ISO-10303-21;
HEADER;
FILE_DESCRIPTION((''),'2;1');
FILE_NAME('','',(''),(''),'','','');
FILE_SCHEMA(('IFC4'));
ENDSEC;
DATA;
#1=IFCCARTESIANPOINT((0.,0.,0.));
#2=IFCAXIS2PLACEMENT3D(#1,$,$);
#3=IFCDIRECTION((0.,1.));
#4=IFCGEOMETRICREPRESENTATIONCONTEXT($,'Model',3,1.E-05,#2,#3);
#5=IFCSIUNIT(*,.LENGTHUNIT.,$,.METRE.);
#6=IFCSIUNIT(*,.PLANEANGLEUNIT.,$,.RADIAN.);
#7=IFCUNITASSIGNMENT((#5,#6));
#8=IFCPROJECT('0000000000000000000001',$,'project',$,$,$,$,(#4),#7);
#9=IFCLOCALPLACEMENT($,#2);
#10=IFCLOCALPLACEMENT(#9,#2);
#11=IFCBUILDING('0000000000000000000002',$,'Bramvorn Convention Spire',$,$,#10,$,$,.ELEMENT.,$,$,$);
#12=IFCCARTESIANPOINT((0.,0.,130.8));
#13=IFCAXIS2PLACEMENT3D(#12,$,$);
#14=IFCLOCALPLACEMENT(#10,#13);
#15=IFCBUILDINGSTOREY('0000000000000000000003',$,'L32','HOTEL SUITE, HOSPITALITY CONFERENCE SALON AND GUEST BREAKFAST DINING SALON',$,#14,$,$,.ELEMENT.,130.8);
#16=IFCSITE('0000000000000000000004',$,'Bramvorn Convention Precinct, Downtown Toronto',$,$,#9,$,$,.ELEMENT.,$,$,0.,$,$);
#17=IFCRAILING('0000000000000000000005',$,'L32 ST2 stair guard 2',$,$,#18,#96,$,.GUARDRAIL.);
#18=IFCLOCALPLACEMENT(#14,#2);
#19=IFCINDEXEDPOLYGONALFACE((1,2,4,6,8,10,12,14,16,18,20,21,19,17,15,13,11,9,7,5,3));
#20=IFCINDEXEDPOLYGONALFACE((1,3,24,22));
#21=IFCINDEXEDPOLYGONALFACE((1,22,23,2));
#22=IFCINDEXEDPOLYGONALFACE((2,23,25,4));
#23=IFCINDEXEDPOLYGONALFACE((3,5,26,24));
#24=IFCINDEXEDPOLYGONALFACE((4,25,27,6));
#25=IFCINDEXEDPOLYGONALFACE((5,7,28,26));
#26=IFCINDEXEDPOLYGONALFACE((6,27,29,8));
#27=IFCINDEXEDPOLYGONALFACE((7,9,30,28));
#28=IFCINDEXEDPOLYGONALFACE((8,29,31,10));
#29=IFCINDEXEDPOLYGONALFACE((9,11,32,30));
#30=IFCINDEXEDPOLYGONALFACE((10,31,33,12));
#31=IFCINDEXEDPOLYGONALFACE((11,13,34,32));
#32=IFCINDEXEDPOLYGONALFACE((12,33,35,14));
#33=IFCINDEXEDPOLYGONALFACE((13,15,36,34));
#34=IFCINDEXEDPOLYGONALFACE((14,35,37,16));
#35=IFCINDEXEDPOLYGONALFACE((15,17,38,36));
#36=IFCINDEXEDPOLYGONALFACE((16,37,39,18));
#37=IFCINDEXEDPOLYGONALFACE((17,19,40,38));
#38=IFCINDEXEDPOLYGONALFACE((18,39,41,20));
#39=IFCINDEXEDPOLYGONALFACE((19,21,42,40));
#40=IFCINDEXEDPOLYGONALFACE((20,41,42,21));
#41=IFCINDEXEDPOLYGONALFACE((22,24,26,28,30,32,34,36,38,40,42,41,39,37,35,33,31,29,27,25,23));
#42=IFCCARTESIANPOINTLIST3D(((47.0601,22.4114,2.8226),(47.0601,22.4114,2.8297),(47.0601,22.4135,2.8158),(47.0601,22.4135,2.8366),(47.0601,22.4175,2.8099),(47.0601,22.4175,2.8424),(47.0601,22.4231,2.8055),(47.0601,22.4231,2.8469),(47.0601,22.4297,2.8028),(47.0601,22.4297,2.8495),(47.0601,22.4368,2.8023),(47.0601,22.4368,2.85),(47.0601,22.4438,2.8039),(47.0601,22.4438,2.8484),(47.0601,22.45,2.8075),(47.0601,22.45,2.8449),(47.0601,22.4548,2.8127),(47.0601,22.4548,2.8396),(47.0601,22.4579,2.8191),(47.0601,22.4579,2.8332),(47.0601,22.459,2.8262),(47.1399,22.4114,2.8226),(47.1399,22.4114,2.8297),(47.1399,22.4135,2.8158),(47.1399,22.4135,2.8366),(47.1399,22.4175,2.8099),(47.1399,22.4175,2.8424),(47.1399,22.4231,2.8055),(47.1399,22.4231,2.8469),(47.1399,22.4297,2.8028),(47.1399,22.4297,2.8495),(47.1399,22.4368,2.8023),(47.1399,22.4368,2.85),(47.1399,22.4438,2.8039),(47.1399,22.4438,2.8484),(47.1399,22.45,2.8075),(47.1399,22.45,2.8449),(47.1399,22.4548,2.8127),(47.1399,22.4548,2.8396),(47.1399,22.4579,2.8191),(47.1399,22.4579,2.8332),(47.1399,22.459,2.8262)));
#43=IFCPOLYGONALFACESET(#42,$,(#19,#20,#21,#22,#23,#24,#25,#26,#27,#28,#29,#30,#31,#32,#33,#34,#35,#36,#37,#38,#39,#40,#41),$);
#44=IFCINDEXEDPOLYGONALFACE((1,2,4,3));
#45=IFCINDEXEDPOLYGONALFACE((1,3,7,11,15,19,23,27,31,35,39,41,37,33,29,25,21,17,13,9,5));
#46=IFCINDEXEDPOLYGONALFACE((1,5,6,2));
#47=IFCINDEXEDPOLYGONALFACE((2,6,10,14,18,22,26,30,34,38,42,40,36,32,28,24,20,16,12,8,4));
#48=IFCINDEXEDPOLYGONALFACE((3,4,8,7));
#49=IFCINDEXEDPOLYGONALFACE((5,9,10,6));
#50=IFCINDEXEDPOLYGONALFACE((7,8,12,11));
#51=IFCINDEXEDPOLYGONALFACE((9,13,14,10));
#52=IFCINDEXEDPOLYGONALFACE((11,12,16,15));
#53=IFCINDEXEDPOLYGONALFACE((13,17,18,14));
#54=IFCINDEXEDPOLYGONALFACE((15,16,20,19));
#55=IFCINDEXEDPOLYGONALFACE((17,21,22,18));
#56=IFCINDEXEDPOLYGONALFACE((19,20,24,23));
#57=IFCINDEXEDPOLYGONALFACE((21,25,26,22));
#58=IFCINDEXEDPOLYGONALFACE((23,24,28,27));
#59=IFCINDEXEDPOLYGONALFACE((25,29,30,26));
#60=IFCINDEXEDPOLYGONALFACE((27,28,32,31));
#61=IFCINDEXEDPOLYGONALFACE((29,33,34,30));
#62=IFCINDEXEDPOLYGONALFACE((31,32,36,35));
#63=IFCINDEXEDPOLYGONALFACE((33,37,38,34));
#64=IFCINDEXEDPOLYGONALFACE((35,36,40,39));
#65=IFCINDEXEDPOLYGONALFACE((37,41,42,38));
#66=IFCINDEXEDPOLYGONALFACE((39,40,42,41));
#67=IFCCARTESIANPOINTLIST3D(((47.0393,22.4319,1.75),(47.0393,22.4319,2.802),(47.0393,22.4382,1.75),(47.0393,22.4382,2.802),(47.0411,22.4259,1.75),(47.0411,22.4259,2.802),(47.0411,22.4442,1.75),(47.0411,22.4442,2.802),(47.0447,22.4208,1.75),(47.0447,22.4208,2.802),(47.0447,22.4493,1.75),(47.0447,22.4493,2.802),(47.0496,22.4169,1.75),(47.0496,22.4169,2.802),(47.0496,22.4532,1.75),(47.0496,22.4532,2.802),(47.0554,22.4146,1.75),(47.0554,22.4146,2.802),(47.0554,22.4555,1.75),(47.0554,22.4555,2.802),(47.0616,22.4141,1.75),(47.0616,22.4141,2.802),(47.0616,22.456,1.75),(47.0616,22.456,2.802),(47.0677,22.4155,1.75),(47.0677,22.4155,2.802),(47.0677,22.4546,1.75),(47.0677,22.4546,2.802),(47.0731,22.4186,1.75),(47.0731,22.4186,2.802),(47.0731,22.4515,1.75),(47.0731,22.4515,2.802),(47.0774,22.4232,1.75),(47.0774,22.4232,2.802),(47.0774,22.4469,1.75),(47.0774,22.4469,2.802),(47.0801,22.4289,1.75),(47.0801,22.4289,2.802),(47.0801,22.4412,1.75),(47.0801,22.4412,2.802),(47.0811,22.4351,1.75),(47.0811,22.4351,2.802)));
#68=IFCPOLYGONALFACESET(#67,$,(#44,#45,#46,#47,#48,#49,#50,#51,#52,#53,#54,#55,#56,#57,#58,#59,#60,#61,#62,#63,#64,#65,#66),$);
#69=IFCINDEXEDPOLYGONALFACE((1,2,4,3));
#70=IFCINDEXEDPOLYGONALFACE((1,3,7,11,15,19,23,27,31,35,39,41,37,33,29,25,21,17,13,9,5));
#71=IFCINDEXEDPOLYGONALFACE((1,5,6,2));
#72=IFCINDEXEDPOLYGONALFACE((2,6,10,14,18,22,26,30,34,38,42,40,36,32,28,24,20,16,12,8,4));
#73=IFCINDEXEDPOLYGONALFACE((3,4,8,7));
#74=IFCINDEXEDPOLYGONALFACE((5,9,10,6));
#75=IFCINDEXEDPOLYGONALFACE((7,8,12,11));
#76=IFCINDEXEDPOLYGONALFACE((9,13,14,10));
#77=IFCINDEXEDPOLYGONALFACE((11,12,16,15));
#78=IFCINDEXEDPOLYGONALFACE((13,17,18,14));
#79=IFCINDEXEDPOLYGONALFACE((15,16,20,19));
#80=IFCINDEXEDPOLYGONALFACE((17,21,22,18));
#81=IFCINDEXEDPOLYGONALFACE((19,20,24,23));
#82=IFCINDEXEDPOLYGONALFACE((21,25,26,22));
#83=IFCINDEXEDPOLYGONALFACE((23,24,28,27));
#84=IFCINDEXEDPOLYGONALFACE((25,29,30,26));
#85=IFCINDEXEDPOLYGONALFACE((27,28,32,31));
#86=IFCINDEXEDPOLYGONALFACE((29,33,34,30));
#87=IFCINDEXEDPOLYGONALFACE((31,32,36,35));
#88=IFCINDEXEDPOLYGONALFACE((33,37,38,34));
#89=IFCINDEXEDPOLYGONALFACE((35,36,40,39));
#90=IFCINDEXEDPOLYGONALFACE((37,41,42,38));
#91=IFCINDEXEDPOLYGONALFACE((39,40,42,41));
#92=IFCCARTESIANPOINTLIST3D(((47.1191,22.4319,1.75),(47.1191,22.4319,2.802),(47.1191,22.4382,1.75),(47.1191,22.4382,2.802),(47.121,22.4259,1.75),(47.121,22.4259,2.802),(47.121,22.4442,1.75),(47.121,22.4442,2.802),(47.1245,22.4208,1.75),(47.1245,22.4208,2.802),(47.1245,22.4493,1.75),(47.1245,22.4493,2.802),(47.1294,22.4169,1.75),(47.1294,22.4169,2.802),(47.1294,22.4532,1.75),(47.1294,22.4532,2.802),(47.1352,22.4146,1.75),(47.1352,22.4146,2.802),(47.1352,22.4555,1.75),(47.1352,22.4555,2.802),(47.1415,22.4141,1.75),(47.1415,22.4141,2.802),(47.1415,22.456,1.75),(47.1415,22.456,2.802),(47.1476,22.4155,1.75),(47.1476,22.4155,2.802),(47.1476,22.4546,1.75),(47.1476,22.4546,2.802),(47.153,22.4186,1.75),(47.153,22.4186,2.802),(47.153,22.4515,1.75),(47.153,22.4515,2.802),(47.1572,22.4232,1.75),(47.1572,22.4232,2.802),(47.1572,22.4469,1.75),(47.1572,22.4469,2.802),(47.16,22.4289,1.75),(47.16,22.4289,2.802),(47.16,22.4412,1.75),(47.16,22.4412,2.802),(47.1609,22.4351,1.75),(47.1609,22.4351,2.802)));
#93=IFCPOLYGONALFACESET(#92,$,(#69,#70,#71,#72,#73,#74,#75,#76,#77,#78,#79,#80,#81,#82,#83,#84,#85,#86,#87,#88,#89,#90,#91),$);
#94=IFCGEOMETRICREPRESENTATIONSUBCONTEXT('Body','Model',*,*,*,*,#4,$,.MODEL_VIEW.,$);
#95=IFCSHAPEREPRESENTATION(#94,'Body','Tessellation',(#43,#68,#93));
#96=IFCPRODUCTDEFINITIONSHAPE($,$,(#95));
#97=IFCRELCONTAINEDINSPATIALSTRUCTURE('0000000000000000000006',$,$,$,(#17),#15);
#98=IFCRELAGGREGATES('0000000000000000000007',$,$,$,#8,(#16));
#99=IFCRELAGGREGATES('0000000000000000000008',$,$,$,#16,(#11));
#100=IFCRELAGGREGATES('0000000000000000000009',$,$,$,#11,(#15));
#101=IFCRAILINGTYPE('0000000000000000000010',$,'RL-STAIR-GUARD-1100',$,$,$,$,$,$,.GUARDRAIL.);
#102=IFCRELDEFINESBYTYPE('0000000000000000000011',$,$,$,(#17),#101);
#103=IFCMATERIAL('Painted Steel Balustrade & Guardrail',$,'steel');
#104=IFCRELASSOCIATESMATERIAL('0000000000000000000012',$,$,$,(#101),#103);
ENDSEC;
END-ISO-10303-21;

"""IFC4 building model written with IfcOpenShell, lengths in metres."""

from ifc_helpers import new_model, si_unit, direction, frame, origin, origin_2d, place, context, subcontext, project, spatial, circle, extrude, material, type_object, element, save


model = new_model("IFC4")

# Units and contexts
model_context = context("Model", 3, precision=1e-05, world=origin(), true_north=direction((0.0, 1.0)))
body_context = subcontext(model_context, "Body", "Model", "MODEL_VIEW")
ifc_project = project(units=[si_unit("LENGTHUNIT", "METRE"), si_unit("PLANEANGLEUNIT", "RADIAN")], contexts=[model_context])

# Site, building, storey
site_placement = place(None, origin())
site = spatial("IfcSite", under=ifc_project, at=site_placement, Name="Bramvorn Convention Precinct, Downtown Toronto", CompositionType="ELEMENT", RefElevation=0.0)
building_placement = place(site_placement, origin())
building = spatial("IfcBuilding", under=site, at=building_placement, Name="Bramvorn Convention Spire", CompositionType="ELEMENT")
storey_placement = place(building_placement, frame((0.0, 0.0, 130.8)))
storey = spatial("IfcBuildingStorey", under=building, at=storey_placement, Name="L32", Description="HOTEL SUITE, HOSPITALITY CONFERENCE SALON AND GUEST BREAKFAST DINING SALON", CompositionType="ELEMENT", Elevation=130.8)

# Railing
ifc_material_1 = material(Name="Painted Steel Balustrade & Guardrail", Category="steel")
railing_type_1 = type_object("IfcRailingType", Name="RL-STAIR-GUARD-1100", PredefinedType="GUARDRAIL", material=ifc_material_1)
railing_1_placement = place(storey_placement, frame((47.0601, 22.4351, 1.75)))
element("IfcRailing", 1, at=railing_1_placement, inside=storey, type_object=railing_type_1, Name="L32 ST2 stair guard 2", PredefinedType="GUARDRAIL", context=body_context, shape_type="SweptSolid", body=[
    extrude(circle(Radius=0.0239, at=origin_2d()), frame((0.0, 0.0, 1.0762), z_axis=(1.0, 0.0, 0.0), x_axis=(0.0, 1.0, 0.0)), (0.0, 0.0, 1.0), 0.0798),
    extrude(circle(Radius=0.021, at=origin_2d()), origin(), (0.0, 0.0, 1.0), 1.052),
    extrude(circle(Radius=0.021, at=origin_2d()), frame((0.0798, 0.0, 0.0)), (0.0, 0.0, 1.0), 1.052),
])

save(model, "model.ifc")
